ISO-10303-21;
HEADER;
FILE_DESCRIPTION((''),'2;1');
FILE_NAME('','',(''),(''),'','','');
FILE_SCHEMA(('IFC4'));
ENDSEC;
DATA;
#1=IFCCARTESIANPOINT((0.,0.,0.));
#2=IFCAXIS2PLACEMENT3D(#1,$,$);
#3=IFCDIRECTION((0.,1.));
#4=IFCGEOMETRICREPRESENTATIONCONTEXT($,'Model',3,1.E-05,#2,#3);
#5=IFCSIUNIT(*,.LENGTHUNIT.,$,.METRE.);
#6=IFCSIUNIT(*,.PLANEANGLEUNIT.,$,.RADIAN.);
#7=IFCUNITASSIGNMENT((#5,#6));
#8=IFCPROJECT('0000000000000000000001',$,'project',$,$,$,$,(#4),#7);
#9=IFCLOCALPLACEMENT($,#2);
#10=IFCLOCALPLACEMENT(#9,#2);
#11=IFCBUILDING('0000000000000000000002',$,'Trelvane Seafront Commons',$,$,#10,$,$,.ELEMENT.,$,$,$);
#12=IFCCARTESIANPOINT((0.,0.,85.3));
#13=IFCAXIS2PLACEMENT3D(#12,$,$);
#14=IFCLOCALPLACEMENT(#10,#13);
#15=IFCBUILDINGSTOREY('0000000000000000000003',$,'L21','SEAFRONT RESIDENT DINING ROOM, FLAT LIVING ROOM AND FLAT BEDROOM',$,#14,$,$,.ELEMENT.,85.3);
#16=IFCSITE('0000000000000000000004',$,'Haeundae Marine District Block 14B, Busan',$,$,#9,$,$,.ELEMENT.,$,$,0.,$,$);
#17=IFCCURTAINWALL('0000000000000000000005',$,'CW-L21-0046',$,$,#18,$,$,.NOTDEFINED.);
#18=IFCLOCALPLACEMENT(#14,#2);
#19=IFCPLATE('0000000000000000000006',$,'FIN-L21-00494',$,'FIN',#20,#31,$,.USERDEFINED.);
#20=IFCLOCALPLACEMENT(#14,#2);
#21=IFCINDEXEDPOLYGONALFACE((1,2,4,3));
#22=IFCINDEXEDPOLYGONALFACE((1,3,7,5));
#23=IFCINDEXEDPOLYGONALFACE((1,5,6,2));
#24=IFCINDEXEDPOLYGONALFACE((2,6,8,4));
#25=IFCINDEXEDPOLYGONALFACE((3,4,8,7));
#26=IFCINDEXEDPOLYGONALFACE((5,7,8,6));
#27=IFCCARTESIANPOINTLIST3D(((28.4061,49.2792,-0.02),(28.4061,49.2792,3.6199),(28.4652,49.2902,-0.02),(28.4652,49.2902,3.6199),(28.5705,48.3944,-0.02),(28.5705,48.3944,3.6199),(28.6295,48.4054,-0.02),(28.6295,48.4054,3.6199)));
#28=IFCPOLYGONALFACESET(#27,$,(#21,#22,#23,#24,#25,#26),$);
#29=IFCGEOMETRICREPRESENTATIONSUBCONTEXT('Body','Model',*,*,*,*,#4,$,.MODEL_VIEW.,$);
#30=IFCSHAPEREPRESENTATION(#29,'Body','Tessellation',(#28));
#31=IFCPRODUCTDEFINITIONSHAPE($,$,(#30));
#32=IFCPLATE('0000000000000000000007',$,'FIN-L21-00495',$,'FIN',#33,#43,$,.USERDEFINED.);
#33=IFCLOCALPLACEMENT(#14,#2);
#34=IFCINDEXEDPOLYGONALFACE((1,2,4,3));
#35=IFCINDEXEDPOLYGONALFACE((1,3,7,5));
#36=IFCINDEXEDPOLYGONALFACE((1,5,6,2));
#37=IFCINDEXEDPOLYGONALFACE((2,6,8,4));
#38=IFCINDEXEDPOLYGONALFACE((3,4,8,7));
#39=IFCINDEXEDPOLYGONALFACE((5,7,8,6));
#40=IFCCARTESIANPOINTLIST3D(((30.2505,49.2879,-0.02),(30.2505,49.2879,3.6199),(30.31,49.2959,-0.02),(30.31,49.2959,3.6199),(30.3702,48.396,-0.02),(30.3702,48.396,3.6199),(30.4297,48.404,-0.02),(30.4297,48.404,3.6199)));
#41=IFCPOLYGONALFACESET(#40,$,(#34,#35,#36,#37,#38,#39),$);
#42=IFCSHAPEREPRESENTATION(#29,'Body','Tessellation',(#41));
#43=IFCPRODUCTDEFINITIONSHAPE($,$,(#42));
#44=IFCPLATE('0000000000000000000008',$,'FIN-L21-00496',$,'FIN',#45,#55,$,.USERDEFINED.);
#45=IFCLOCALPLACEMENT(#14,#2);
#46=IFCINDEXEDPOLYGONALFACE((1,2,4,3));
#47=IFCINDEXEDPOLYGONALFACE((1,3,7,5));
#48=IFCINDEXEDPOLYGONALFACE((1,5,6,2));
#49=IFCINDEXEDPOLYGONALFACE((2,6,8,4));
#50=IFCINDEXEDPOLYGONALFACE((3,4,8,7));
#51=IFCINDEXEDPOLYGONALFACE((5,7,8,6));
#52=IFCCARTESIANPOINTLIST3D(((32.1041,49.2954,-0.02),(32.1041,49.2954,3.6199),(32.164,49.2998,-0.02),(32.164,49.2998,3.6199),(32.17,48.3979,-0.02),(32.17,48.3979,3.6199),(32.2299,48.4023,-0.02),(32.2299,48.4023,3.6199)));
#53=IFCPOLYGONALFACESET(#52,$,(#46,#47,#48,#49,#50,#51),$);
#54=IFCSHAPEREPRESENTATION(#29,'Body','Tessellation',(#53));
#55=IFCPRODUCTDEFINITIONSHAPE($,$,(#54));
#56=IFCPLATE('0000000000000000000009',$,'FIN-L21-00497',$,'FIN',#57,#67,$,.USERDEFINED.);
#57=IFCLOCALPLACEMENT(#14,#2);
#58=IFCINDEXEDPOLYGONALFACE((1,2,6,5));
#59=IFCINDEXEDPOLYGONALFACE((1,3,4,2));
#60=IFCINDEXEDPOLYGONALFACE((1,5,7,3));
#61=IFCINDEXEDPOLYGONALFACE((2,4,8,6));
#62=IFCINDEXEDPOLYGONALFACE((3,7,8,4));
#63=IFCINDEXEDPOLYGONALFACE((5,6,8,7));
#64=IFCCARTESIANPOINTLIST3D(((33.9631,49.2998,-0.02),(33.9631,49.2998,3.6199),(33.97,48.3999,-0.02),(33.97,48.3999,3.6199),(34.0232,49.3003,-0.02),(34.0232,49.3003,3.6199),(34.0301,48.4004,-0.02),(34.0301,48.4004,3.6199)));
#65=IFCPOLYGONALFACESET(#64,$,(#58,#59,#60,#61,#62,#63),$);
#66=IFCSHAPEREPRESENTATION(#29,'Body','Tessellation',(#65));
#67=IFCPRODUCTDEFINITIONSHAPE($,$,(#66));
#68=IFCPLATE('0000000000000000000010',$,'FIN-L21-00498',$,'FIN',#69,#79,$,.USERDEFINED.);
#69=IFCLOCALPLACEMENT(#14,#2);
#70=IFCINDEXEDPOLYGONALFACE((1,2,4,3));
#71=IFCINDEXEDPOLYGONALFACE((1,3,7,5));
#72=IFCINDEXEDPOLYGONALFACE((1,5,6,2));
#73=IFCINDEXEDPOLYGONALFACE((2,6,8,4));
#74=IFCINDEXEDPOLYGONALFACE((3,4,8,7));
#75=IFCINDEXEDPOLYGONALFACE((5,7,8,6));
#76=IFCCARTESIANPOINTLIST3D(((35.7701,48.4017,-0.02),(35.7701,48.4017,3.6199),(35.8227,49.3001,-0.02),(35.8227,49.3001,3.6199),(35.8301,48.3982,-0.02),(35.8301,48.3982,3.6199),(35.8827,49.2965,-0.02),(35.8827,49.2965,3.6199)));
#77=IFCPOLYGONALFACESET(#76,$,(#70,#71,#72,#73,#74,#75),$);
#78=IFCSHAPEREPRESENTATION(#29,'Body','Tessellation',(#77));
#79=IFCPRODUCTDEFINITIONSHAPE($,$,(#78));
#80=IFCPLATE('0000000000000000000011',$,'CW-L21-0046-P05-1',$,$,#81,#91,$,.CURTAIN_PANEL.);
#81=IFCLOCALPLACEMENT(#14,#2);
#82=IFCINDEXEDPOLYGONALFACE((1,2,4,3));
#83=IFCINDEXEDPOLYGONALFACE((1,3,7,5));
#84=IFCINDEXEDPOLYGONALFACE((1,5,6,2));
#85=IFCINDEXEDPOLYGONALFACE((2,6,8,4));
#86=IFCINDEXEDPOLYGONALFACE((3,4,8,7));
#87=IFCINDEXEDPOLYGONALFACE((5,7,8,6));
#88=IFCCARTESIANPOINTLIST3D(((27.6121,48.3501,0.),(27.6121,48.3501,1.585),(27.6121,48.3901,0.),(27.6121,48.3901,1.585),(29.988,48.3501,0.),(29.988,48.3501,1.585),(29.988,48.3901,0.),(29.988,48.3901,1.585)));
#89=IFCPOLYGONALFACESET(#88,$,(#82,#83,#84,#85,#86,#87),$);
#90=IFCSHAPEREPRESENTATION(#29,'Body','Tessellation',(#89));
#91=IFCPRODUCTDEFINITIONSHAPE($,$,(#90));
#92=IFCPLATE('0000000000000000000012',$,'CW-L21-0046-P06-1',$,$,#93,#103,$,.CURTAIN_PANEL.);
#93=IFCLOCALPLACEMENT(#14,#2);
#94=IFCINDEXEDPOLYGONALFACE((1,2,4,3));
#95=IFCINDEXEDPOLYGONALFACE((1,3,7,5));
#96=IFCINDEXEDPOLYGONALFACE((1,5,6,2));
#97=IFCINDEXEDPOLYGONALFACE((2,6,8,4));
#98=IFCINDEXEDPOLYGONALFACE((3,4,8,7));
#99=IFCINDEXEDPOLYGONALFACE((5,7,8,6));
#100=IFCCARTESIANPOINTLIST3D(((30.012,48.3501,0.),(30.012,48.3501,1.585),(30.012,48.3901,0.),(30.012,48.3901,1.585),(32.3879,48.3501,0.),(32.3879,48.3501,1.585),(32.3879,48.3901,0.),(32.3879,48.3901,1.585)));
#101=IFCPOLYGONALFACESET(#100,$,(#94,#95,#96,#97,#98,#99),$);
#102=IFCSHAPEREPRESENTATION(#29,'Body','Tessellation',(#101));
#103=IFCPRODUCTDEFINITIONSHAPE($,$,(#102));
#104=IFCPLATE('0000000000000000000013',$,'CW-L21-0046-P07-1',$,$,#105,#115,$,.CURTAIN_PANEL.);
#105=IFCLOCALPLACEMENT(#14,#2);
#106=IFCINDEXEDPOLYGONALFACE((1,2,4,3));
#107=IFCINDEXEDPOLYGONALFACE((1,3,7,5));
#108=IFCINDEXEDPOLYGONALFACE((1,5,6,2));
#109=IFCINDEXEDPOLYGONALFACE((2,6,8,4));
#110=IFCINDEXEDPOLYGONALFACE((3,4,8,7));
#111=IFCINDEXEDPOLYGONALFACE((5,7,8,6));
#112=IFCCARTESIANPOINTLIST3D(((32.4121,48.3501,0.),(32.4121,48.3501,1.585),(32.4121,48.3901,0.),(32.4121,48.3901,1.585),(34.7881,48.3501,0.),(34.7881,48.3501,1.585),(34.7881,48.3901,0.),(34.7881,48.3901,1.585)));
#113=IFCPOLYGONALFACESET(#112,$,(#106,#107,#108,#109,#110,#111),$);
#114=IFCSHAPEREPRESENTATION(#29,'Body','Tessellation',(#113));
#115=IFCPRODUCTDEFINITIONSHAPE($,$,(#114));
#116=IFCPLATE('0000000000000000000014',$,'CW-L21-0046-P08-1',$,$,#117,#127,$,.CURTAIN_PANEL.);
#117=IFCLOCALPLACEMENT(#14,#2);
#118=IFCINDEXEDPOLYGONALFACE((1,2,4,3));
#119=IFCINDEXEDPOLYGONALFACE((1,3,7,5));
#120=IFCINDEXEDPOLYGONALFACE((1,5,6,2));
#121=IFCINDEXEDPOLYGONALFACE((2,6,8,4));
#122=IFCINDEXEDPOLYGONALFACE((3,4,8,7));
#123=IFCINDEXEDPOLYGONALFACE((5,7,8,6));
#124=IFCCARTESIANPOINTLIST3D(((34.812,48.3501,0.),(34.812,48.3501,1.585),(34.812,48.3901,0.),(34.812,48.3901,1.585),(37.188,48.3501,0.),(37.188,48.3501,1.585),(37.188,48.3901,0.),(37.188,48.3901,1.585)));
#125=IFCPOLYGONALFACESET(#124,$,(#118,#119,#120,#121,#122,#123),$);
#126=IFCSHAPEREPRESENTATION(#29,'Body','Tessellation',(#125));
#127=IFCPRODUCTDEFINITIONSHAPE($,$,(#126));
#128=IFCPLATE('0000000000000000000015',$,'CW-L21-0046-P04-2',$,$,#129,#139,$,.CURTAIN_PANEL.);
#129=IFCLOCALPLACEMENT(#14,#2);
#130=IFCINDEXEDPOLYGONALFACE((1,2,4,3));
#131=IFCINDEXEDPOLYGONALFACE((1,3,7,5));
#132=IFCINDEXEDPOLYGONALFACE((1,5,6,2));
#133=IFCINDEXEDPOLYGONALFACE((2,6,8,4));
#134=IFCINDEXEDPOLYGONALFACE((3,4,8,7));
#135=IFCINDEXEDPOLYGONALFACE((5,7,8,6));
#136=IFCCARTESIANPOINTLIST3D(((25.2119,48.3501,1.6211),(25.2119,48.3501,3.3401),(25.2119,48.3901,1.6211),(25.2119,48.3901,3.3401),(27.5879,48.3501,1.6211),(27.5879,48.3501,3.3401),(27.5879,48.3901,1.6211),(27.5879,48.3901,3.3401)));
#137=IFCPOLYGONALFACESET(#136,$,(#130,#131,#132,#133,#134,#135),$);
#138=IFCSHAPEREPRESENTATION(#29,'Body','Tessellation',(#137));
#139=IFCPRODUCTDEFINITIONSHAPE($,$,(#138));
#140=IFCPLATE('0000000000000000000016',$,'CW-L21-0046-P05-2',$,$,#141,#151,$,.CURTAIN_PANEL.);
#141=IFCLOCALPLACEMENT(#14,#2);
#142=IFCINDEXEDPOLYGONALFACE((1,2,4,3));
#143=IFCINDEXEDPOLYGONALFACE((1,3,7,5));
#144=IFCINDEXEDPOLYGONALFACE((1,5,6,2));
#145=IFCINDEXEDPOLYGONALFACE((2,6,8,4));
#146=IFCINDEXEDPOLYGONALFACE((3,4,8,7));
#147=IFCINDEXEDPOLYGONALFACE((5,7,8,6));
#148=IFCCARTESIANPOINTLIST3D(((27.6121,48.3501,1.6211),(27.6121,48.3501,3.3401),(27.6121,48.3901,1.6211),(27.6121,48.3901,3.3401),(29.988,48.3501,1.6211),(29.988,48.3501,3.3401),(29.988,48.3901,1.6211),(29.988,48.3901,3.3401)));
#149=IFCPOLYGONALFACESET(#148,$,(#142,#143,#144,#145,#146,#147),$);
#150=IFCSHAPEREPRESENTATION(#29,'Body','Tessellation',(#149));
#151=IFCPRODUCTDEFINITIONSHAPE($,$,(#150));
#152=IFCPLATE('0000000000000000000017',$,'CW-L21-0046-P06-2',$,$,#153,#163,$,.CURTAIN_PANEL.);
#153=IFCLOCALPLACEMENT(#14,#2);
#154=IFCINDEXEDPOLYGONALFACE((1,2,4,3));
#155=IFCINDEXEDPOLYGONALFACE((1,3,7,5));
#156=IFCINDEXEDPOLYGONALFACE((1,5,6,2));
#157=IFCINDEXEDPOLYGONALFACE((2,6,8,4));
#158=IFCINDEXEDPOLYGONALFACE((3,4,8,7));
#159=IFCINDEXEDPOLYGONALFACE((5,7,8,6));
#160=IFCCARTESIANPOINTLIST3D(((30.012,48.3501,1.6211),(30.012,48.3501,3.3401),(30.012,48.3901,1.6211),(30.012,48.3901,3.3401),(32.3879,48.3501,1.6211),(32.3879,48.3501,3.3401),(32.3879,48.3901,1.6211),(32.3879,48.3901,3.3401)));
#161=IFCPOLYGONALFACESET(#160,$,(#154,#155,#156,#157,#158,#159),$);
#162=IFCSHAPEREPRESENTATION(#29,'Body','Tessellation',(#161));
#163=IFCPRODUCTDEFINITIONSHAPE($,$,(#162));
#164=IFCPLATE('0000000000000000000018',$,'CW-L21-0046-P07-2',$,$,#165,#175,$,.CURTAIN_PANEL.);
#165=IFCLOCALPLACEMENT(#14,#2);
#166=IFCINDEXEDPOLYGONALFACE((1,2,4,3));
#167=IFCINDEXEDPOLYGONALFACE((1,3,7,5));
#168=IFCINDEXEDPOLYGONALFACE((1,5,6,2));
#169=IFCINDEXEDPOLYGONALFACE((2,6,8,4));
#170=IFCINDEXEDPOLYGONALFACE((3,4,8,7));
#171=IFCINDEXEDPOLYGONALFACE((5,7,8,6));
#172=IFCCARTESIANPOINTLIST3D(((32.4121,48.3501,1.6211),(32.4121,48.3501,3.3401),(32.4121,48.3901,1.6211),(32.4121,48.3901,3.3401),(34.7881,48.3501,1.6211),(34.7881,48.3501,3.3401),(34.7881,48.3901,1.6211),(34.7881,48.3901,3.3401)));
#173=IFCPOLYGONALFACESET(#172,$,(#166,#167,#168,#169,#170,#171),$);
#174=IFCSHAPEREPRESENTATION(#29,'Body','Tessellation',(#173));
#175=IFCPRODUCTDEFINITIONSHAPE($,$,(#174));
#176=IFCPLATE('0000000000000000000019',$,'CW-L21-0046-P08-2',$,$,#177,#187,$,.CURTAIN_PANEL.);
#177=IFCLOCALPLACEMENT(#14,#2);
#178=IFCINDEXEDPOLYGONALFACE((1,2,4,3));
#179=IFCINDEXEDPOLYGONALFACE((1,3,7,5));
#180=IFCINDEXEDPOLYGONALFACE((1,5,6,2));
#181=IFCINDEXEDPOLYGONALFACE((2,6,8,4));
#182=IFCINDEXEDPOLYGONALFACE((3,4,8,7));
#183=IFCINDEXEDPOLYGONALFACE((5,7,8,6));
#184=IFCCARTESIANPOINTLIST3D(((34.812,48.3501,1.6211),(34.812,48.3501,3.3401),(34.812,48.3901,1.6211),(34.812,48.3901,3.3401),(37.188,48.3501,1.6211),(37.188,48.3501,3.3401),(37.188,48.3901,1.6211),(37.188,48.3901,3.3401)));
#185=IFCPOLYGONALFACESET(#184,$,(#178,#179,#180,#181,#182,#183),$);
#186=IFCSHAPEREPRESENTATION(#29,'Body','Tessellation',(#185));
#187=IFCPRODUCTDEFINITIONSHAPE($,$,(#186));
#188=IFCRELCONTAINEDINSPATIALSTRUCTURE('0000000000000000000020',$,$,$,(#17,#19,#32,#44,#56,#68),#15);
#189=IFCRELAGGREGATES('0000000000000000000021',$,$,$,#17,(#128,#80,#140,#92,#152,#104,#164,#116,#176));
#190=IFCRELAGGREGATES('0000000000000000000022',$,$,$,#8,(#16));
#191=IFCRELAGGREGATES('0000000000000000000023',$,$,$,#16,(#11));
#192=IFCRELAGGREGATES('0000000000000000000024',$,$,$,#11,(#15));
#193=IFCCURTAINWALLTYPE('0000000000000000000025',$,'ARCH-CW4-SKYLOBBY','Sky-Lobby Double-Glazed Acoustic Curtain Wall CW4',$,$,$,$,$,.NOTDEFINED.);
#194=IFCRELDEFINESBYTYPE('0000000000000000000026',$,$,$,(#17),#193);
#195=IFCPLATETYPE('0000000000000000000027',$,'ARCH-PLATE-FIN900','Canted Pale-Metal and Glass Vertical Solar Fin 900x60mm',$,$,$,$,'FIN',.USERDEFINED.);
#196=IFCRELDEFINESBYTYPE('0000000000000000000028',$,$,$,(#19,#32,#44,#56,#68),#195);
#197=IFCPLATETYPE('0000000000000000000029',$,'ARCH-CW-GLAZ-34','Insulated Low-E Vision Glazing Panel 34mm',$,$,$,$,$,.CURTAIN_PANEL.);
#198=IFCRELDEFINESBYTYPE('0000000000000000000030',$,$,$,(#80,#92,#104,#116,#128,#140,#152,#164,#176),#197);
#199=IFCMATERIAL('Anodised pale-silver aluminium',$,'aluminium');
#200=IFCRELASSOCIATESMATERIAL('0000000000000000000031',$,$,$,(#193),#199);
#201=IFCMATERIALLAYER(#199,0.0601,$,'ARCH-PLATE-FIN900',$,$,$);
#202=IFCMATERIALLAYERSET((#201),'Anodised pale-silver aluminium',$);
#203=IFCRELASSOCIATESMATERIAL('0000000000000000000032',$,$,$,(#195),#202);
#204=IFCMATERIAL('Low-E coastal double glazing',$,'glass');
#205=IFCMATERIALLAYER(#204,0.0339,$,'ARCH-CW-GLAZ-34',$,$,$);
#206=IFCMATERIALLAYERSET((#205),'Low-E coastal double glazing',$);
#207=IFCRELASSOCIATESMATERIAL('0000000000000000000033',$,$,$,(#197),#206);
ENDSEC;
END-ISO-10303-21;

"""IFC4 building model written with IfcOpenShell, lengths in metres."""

from ifc_helpers import new_model, si_unit, direction, frame, origin, origin_2d, place, context, subcontext, project, spatial, rectangle, extrude, source, transform, mapped, material, layer, layer_set, type_object, element, aggregate, save


model = new_model("IFC4")

# Units and contexts
model_context = context("Model", 3, precision=1e-05, world=origin(), true_north=direction((0.0, 1.0)))
body_context = subcontext(model_context, "Body", "Model", "MODEL_VIEW")
ifc_project = project(units=[si_unit("LENGTHUNIT", "METRE"), si_unit("PLANEANGLEUNIT", "RADIAN")], contexts=[model_context])

# Site, building, storey
site_placement = place(None, origin())
site = spatial("IfcSite", under=ifc_project, at=site_placement, Name="Haeundae Marine District Block 14B, Busan", CompositionType="ELEMENT", RefElevation=0.0)
building_placement = place(site_placement, origin())
building = spatial("IfcBuilding", under=site, at=building_placement, Name="Trelvane Seafront Commons", CompositionType="ELEMENT")
storey_placement = place(building_placement, frame((0.0, 0.0, 85.3)))
storey = spatial("IfcBuildingStorey", under=building, at=storey_placement, Name="L21", Description="SEAFRONT RESIDENT DINING ROOM, FLAT LIVING ROOM AND FLAT BEDROOM", CompositionType="ELEMENT", Elevation=85.3)

# Curtain wall
ifc_material_1 = material(Name="Anodised pale-silver aluminium", Category="aluminium")
curtain_wall_type = type_object("IfcCurtainWallType", Name="ARCH-CW4-SKYLOBBY", Description="Sky-Lobby Double-Glazed Acoustic Curtain Wall CW4", PredefinedType="NOTDEFINED", material=ifc_material_1)
curtain_wall_placement = place(storey_placement, origin())
curtain_wall = element("IfcCurtainWall", 1, at=curtain_wall_placement, inside=storey, type_object=curtain_wall_type, Name="CW-L21-0046", PredefinedType="NOTDEFINED")

# Plates
ifc_layer_1 = layer(ifc_material_1, 0.0601, Name="ARCH-PLATE-FIN900")
ifc_layer_set_1 = layer_set([ifc_layer_1], Name="Anodised pale-silver aluminium")
plate_type_1 = type_object("IfcPlateType", Name="ARCH-PLATE-FIN900", Description="Canted Pale-Metal and Glass Vertical Solar Fin 900x60mm", ElementType="FIN", PredefinedType="USERDEFINED", material=ifc_layer_set_1)
shared_shape_1 = source(origin(), body_context, "Body", "SweptSolid", [
    extrude(rectangle(XDim=0.8999, YDim=0.0601, at=origin_2d()), origin(), (0.0, 0.0, 1.0), 3.6399),
])
for number, where, z_axis, x_axis, name in (
    (2, (28.5178, 48.8423, -0.02), (0.0, 0.0, 1.0), (-0.182658, 0.983177, 0.0), "FIN-L21-00494"),
    (3, (30.3401, 48.8459, -0.02), (0.0, 0.0, 1.0), (-0.133, 0.991116, 0.0), "FIN-L21-00495"),
    (4, (32.167, 48.8489, -0.02), (0.0, 0.0, 1.0), (-0.073221, 0.997316, 0.0), "FIN-L21-00496"),
    (5, (33.9966, 48.8501, -0.02), (0.0, 0.0, 1.0), (-0.007667, 0.999971, 0.0), "FIN-L21-00497"),
    (6, (35.8264, 48.8491, -0.02), (0.0, 0.0, 1.0), (0.058442, 0.998291, 0.0), "FIN-L21-00498"),
):
    element("IfcPlate", number, at=place(storey_placement, frame(where, z_axis=z_axis, x_axis=x_axis)), inside=storey, type_object=plate_type_1, Name=name, ObjectType="FIN", PredefinedType="USERDEFINED", context=body_context, shape_type="MappedRepresentation", body=[
        mapped(shared_shape_1, transform((0.0, 0.0, 0.0), x_axis=(1.0, 0.0, 0.0), y_axis=(0.0, 1.0, 0.0), z_axis=(0.0, 0.0, 1.0), scale=1.0)),
    ])

# Plates
ifc_material_2 = material(Name="Low-E coastal double glazing", Category="glass")
ifc_layer_2 = layer(ifc_material_2, 0.0339, Name="ARCH-CW-GLAZ-34")
ifc_layer_set_2 = layer_set([ifc_layer_2], Name="Low-E coastal double glazing")
plate_type_2 = type_object("IfcPlateType", Name="ARCH-CW-GLAZ-34", Description="Insulated Low-E Vision Glazing Panel 34mm", PredefinedType="CURTAIN_PANEL", material=ifc_layer_set_2)
shared_shape_2 = source(origin(), body_context, "Body", "SweptSolid", [
    extrude(rectangle(XDim=2.376, YDim=0.04, at=origin_2d()), origin(), (0.0, 0.0, 1.0), 1.585),
])
plate_1_placement = place(storey_placement, frame((28.8, 48.3701, 0.0), z_axis=(0.0, 0.0, 1.0), x_axis=(1.0, 0.0, 0.0)))
plate_1 = element("IfcPlate", 7, at=plate_1_placement, type_object=plate_type_2, Name="CW-L21-0046-P05-1", PredefinedType="CURTAIN_PANEL", context=body_context, shape_type="MappedRepresentation", body=[
    mapped(shared_shape_2, transform((0.0, 0.0, 0.0), x_axis=(1.0, 0.0, 0.0), y_axis=(0.0, 1.0, 0.0), z_axis=(0.0, 0.0, 1.0), scale=1.0)),
])
plate_2_placement = place(storey_placement, frame((31.2, 48.3701, 0.0), z_axis=(0.0, 0.0, 1.0), x_axis=(1.0, 0.0, 0.0)))
plate_2 = element("IfcPlate", 8, at=plate_2_placement, type_object=plate_type_2, Name="CW-L21-0046-P06-1", PredefinedType="CURTAIN_PANEL", context=body_context, shape_type="MappedRepresentation", body=[
    mapped(shared_shape_2, transform((0.0, 0.0, 0.0), x_axis=(1.0, 0.0, 0.0), y_axis=(0.0, 1.0, 0.0), z_axis=(0.0, 0.0, 1.0), scale=1.0)),
])
plate_3_placement = place(storey_placement, frame((33.6001, 48.3701, 0.0), z_axis=(0.0, 0.0, 1.0), x_axis=(1.0, 0.0, 0.0)))
plate_3 = element("IfcPlate", 9, at=plate_3_placement, type_object=plate_type_2, Name="CW-L21-0046-P07-1", PredefinedType="CURTAIN_PANEL", context=body_context, shape_type="MappedRepresentation", body=[
    mapped(shared_shape_2, transform((0.0, 0.0, 0.0), x_axis=(1.0, 0.0, 0.0), y_axis=(0.0, 1.0, 0.0), z_axis=(0.0, 0.0, 1.0), scale=1.0)),
])
plate_4_placement = place(storey_placement, frame((36.0, 48.3701, 0.0), z_axis=(0.0, 0.0, 1.0), x_axis=(1.0, 0.0, 0.0)))
plate_4 = element("IfcPlate", 10, at=plate_4_placement, type_object=plate_type_2, Name="CW-L21-0046-P08-1", PredefinedType="CURTAIN_PANEL", context=body_context, shape_type="MappedRepresentation", body=[
    mapped(shared_shape_2, transform((0.0, 0.0, 0.0), x_axis=(1.0, 0.0, 0.0), y_axis=(0.0, 1.0, 0.0), z_axis=(0.0, 0.0, 1.0), scale=1.0)),
])
shared_shape_3 = source(origin(), body_context, "Body", "SweptSolid", [
    extrude(rectangle(XDim=2.376, YDim=0.04, at=origin_2d()), origin(), (0.0, 0.0, 1.0), 1.719),
])
plate_5_placement = place(storey_placement, frame((26.3999, 48.3701, 1.6211), z_axis=(0.0, 0.0, 1.0), x_axis=(1.0, 0.0, 0.0)))
plate_5 = element("IfcPlate", 11, at=plate_5_placement, type_object=plate_type_2, Name="CW-L21-0046-P04-2", PredefinedType="CURTAIN_PANEL", context=body_context, shape_type="MappedRepresentation", body=[
    mapped(shared_shape_3, transform((0.0, 0.0, 0.0), x_axis=(1.0, 0.0, 0.0), y_axis=(0.0, 1.0, 0.0), z_axis=(0.0, 0.0, 1.0), scale=1.0)),
])
plate_6_placement = place(storey_placement, frame((28.8, 48.3701, 1.6211), z_axis=(0.0, 0.0, 1.0), x_axis=(1.0, 0.0, 0.0)))
plate_6 = element("IfcPlate", 12, at=plate_6_placement, type_object=plate_type_2, Name="CW-L21-0046-P05-2", PredefinedType="CURTAIN_PANEL", context=body_context, shape_type="MappedRepresentation", body=[
    mapped(shared_shape_3, transform((0.0, 0.0, 0.0), x_axis=(1.0, 0.0, 0.0), y_axis=(0.0, 1.0, 0.0), z_axis=(0.0, 0.0, 1.0), scale=1.0)),
])
plate_7_placement = place(storey_placement, frame((31.2, 48.3701, 1.6211), z_axis=(0.0, 0.0, 1.0), x_axis=(1.0, 0.0, 0.0)))
plate_7 = element("IfcPlate", 13, at=plate_7_placement, type_object=plate_type_2, Name="CW-L21-0046-P06-2", PredefinedType="CURTAIN_PANEL", context=body_context, shape_type="MappedRepresentation", body=[
    mapped(shared_shape_3, transform((0.0, 0.0, 0.0), x_axis=(1.0, 0.0, 0.0), y_axis=(0.0, 1.0, 0.0), z_axis=(0.0, 0.0, 1.0), scale=1.0)),
])
plate_8_placement = place(storey_placement, frame((33.6001, 48.3701, 1.6211), z_axis=(0.0, 0.0, 1.0), x_axis=(1.0, 0.0, 0.0)))
plate_8 = element("IfcPlate", 14, at=plate_8_placement, type_object=plate_type_2, Name="CW-L21-0046-P07-2", PredefinedType="CURTAIN_PANEL", context=body_context, shape_type="MappedRepresentation", body=[
    mapped(shared_shape_3, transform((0.0, 0.0, 0.0), x_axis=(1.0, 0.0, 0.0), y_axis=(0.0, 1.0, 0.0), z_axis=(0.0, 0.0, 1.0), scale=1.0)),
])
plate_9_placement = place(storey_placement, frame((36.0, 48.3701, 1.6211), z_axis=(0.0, 0.0, 1.0), x_axis=(1.0, 0.0, 0.0)))
plate_9 = element("IfcPlate", 15, at=plate_9_placement, type_object=plate_type_2, Name="CW-L21-0046-P08-2", PredefinedType="CURTAIN_PANEL", context=body_context, shape_type="MappedRepresentation", body=[
    mapped(shared_shape_3, transform((0.0, 0.0, 0.0), x_axis=(1.0, 0.0, 0.0), y_axis=(0.0, 1.0, 0.0), z_axis=(0.0, 0.0, 1.0), scale=1.0)),
])
aggregate(curtain_wall, [plate_5, plate_1, plate_6, plate_2, plate_7, plate_3, plate_8, plate_4, plate_9])

save(model, "model.ifc")
